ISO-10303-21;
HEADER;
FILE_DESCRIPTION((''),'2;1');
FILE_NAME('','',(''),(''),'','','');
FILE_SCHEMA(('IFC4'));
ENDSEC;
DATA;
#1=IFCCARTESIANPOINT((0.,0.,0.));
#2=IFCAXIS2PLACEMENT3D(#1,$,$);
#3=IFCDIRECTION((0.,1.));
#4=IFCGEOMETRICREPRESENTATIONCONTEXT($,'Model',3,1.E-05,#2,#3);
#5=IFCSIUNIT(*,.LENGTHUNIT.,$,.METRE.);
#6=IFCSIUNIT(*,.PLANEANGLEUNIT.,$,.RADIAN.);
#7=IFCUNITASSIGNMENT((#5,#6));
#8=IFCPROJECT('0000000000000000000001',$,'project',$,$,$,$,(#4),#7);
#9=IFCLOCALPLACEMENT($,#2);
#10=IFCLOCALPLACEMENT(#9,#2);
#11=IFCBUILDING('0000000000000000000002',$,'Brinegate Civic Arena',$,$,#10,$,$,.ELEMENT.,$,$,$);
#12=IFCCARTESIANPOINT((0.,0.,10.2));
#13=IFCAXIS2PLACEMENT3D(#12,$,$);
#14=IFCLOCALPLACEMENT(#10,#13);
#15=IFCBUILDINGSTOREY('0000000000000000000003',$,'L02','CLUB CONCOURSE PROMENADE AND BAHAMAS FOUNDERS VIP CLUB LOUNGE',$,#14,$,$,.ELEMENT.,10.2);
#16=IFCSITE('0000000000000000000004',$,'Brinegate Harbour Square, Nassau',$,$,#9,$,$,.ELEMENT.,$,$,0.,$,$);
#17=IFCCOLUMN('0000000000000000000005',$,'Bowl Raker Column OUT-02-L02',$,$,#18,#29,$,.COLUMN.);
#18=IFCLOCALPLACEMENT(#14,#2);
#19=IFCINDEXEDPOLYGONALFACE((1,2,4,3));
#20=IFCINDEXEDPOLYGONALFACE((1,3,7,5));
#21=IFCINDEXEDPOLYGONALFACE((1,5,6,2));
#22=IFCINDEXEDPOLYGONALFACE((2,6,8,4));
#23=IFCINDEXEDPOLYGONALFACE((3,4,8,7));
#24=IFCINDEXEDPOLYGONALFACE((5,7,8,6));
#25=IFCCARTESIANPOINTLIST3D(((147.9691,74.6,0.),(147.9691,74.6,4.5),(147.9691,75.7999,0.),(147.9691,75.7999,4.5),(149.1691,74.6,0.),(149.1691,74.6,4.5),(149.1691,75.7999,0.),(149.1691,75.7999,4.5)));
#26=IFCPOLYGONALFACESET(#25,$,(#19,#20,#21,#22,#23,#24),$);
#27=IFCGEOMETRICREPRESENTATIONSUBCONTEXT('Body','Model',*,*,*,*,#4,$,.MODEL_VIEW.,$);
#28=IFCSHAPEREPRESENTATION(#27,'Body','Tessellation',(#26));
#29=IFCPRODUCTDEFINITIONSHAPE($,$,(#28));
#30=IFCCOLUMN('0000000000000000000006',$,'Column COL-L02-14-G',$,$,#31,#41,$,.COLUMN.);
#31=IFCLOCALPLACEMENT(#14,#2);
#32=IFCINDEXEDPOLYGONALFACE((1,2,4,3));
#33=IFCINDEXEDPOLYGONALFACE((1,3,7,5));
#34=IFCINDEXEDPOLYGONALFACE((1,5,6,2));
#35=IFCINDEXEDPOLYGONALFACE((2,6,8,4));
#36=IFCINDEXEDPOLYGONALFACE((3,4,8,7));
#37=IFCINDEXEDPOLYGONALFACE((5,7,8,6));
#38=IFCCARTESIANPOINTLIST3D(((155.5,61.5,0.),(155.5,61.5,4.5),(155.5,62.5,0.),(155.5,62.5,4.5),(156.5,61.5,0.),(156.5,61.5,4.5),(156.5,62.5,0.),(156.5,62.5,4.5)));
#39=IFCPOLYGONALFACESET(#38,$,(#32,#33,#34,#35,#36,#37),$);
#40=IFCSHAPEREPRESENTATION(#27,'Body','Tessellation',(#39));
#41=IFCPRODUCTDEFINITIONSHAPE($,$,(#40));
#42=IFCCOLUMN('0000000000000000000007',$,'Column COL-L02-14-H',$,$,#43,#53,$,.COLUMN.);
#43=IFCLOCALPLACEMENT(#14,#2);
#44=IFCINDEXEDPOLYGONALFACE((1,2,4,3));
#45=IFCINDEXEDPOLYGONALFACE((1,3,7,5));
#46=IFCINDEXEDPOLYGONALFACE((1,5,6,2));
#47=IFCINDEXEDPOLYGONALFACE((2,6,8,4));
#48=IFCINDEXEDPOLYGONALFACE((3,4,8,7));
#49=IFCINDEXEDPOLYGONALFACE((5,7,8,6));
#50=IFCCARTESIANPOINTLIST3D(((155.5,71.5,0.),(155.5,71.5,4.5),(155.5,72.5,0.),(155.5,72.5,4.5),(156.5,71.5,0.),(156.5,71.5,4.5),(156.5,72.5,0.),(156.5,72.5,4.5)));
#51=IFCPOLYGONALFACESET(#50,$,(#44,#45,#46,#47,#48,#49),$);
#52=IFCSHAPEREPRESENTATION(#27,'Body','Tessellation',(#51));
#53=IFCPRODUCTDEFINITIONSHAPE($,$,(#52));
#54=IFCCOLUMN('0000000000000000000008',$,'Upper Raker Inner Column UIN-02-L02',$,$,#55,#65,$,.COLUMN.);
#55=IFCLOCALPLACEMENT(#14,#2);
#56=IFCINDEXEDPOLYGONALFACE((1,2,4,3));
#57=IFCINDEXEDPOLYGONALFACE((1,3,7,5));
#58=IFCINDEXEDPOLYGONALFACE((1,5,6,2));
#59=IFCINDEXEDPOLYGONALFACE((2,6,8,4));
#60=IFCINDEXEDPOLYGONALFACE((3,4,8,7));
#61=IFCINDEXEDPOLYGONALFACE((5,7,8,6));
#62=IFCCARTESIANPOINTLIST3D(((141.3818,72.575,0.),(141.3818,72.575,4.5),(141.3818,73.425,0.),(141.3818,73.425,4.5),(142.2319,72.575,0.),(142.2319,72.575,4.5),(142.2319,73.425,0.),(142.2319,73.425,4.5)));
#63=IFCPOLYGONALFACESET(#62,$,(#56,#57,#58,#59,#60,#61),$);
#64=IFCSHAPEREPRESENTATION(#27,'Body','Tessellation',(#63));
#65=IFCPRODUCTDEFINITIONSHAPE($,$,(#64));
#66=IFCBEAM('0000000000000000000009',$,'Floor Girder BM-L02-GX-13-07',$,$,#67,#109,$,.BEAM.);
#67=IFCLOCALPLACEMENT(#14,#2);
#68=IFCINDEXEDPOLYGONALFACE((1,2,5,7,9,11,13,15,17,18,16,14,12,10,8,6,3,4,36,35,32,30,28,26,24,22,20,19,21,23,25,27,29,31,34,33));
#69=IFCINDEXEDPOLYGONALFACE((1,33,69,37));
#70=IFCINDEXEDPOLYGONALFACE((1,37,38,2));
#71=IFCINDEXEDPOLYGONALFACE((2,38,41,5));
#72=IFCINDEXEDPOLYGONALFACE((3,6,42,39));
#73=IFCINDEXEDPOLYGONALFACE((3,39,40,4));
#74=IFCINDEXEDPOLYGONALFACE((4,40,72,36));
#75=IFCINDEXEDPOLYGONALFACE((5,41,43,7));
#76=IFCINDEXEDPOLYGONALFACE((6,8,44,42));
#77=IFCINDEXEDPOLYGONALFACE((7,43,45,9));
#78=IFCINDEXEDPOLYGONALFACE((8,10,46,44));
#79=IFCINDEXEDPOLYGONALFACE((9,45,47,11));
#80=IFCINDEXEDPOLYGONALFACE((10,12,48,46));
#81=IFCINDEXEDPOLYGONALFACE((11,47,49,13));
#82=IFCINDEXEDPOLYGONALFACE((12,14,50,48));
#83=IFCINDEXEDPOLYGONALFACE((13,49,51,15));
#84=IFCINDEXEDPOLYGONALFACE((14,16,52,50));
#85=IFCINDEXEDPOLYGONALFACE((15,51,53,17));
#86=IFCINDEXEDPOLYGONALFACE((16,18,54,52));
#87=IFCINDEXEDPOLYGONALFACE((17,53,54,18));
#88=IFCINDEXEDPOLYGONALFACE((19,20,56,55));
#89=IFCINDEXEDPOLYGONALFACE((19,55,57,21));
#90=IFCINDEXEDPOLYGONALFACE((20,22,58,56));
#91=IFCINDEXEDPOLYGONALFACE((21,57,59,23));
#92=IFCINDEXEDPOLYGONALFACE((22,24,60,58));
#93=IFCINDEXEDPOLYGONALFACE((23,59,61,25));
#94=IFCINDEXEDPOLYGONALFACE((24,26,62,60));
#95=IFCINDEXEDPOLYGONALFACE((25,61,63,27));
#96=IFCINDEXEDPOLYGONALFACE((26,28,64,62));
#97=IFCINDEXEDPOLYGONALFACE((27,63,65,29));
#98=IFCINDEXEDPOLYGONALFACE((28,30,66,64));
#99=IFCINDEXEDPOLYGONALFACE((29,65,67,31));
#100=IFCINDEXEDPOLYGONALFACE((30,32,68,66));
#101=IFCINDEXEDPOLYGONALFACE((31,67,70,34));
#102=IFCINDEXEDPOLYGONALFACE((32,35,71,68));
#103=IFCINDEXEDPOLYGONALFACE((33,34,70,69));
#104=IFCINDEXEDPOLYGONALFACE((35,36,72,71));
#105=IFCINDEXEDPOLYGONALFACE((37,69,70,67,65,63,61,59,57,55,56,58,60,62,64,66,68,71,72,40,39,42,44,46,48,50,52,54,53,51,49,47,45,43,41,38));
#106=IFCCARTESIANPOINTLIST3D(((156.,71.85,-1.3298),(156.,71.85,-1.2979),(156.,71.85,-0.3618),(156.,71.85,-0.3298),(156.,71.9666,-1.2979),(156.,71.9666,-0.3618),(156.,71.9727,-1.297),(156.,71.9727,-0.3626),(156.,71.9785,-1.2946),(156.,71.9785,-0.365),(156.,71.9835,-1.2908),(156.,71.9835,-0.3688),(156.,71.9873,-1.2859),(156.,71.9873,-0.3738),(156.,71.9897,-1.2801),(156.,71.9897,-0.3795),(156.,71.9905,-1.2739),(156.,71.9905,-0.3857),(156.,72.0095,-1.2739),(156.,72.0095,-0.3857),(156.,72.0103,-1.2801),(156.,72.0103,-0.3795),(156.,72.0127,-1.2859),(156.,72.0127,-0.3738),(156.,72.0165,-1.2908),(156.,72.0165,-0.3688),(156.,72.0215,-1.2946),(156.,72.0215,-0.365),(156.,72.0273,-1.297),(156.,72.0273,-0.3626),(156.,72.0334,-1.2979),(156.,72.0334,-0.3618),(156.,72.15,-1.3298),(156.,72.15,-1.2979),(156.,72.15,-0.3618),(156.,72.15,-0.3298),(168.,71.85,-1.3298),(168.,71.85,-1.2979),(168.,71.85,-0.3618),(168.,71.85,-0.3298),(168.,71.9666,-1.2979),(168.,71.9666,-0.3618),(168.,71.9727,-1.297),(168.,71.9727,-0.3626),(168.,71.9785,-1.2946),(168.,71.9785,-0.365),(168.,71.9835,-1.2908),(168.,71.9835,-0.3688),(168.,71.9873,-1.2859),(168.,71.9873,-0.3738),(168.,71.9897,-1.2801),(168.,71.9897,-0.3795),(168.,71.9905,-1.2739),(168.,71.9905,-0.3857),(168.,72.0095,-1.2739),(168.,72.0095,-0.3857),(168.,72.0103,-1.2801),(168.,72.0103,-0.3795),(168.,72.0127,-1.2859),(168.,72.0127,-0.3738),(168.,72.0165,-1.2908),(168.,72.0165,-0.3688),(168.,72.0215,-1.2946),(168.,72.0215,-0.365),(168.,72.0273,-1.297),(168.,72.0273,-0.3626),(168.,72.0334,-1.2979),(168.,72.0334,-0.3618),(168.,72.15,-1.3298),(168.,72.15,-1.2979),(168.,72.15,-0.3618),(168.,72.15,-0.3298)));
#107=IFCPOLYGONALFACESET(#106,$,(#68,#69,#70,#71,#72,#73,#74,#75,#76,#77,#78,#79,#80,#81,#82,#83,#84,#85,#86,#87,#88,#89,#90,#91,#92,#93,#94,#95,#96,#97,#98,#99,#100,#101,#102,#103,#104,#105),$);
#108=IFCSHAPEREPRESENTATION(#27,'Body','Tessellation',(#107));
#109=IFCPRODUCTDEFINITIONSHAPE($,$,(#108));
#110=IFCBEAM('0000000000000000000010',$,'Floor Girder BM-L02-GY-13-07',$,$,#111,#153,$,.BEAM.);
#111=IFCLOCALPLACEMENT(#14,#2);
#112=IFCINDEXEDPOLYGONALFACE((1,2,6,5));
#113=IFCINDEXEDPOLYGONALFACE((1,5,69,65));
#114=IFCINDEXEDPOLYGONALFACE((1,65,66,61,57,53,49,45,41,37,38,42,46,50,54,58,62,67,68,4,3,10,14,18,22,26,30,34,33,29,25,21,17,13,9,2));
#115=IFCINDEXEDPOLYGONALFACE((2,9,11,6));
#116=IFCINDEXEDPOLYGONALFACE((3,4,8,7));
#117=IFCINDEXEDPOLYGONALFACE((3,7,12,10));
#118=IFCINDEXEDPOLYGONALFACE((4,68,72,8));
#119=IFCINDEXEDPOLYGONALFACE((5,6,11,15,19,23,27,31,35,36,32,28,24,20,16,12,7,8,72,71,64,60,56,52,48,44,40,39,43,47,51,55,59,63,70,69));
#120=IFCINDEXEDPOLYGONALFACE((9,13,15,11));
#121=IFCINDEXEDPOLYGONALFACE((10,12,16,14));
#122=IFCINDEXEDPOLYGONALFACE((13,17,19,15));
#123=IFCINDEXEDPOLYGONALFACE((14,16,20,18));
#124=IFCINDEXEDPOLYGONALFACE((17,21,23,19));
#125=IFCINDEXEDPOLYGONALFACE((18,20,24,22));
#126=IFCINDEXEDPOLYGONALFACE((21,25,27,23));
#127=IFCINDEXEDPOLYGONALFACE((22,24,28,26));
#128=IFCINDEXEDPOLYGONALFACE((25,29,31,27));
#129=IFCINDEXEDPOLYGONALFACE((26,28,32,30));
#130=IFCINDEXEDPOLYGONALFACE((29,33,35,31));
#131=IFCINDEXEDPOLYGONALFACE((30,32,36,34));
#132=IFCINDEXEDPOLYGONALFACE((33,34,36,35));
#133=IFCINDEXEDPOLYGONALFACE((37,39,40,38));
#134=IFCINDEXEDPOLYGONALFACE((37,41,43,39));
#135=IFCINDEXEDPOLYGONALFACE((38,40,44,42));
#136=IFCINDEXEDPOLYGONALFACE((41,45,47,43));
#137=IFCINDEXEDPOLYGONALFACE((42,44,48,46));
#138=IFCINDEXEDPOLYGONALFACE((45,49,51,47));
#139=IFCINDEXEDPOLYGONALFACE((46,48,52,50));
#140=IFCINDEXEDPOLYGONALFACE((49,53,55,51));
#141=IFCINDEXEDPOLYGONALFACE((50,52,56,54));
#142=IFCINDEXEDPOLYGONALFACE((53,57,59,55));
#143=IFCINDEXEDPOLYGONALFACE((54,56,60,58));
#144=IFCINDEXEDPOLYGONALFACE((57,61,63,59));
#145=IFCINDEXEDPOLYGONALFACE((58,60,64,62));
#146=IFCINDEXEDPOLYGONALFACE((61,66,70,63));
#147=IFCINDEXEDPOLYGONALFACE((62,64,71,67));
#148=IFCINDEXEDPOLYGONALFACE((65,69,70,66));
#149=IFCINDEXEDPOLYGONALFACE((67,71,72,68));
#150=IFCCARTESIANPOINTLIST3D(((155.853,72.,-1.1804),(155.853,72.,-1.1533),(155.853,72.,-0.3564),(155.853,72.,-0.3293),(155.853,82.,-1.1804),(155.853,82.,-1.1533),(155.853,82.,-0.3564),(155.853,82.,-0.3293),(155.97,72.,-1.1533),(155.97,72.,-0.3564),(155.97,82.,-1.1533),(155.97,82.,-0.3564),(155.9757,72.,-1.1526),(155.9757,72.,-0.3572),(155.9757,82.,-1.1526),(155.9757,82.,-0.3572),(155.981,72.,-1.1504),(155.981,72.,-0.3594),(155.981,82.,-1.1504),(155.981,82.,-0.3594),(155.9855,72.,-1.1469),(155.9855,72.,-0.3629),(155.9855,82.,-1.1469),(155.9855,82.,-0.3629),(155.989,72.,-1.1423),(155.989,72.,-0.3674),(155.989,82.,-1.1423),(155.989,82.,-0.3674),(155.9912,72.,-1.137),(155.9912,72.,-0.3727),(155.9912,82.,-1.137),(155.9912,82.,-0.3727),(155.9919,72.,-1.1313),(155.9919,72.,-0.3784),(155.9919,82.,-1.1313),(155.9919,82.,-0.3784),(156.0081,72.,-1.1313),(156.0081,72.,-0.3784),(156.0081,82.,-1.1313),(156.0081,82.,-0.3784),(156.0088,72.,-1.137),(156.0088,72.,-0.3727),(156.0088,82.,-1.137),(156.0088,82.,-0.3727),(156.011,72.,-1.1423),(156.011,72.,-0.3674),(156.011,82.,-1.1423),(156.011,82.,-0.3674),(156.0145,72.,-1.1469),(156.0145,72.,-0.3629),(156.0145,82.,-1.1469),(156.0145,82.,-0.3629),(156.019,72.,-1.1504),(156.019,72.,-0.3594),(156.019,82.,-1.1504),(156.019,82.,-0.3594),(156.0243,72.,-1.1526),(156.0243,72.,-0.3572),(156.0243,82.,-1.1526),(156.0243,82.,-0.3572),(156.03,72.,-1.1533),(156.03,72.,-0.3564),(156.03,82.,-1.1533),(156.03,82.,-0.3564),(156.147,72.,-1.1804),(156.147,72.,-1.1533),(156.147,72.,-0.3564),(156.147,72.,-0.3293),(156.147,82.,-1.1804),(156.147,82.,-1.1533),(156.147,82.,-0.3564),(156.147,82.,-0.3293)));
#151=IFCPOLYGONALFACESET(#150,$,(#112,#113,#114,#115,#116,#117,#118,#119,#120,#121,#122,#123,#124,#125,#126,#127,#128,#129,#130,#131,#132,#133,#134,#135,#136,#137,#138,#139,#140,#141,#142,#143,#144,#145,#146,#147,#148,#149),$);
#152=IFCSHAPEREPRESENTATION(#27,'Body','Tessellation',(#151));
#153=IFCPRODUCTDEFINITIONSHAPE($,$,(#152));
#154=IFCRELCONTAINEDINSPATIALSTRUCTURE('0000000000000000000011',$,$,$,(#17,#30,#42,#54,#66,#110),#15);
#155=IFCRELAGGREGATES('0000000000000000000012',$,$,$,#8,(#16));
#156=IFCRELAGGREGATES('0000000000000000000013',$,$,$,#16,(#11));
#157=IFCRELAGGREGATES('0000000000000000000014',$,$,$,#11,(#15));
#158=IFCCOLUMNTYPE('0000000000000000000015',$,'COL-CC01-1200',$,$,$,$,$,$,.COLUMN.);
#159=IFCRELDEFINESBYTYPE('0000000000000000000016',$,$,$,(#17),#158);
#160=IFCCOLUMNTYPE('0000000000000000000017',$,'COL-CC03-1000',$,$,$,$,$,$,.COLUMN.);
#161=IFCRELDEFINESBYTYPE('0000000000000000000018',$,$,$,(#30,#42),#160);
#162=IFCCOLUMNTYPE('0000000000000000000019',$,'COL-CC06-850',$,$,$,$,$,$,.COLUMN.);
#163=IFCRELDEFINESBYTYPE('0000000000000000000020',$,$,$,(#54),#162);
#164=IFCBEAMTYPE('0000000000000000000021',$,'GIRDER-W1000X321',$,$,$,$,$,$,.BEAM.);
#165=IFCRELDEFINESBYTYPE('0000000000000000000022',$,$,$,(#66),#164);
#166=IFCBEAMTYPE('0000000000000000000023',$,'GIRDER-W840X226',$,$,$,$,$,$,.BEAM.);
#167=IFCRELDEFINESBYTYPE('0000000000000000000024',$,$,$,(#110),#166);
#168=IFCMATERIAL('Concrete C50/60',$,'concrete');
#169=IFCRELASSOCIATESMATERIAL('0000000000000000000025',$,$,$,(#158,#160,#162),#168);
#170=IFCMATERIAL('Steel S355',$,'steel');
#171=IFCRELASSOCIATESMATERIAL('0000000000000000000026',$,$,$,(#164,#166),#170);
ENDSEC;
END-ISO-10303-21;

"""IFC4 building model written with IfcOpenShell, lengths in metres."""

from ifc_helpers import new_model, si_unit, direction, frame, origin, origin_2d, place, context, subcontext, project, spatial, rectangle, i_section, extrude, material, material_profile, profile_set, type_object, element, save


model = new_model("IFC4")

# Units and contexts
model_context = context("Model", 3, precision=1e-05, world=origin(), true_north=direction((0.0, 1.0)))
body_context = subcontext(model_context, "Body", "Model", "MODEL_VIEW")
ifc_project = project(units=[si_unit("LENGTHUNIT", "METRE"), si_unit("PLANEANGLEUNIT", "RADIAN")], contexts=[model_context])

# Site, building, storey
site_placement = place(None, origin())
site = spatial("IfcSite", under=ifc_project, at=site_placement, Name="Brinegate Harbour Square, Nassau", CompositionType="ELEMENT", RefElevation=0.0)
building_placement = place(site_placement, origin())
building = spatial("IfcBuilding", under=site, at=building_placement, Name="Brinegate Civic Arena", CompositionType="ELEMENT")
storey_placement = place(building_placement, frame((0.0, 0.0, 10.2)))
storey = spatial("IfcBuildingStorey", under=building, at=storey_placement, Name="L02", Description="CLUB CONCOURSE PROMENADE AND BAHAMAS FOUNDERS VIP CLUB LOUNGE", CompositionType="ELEMENT", Elevation=10.2)

# Columns
ifc_material_1 = material(Name="Concrete C50/60", Category="concrete")
ifc_material_profile_1 = material_profile(ifc_material_1, rectangle(XDim=1.2, YDim=1.2, at=origin_2d()), Name="RC1200X1200")
ifc_profile_set_1 = profile_set([ifc_material_profile_1], Name="Concrete C50/60")
column_type_1 = type_object("IfcColumnType", Name="COL-CC01-1200", PredefinedType="COLUMN", material=ifc_profile_set_1)
column_1_placement = place(storey_placement, frame((148.5691, 75.2, 0.0), z_axis=(0.0, 0.0, 1.0), x_axis=(1.0, 0.0, 0.0)))
element("IfcColumn", 1, at=column_1_placement, inside=storey, type_object=column_type_1, Name="Bowl Raker Column OUT-02-L02", PredefinedType="COLUMN", context=body_context, shape_type="SweptSolid", body=[
    extrude(rectangle(XDim=1.2, YDim=1.2, at=origin_2d()), origin(), (0.0, 0.0, 1.0), 4.5),
])
ifc_material_profile_2 = material_profile(ifc_material_1, rectangle(XDim=1.0, YDim=1.0, at=origin_2d()), Name="RC1000X1000")
ifc_profile_set_2 = profile_set([ifc_material_profile_2], Name="Concrete C50/60")
column_type_2 = type_object("IfcColumnType", Name="COL-CC03-1000", PredefinedType="COLUMN", material=ifc_profile_set_2)
for number, where, z_axis, x_axis, name in (
    (2, (156.0, 62.0, 0.0), (0.0, 0.0, 1.0), (1.0, 0.0, 0.0), "Column COL-L02-14-G"),
    (3, (156.0, 72.0, 0.0), (0.0, 0.0, 1.0), (1.0, 0.0, 0.0), "Column COL-L02-14-H"),
):
    element("IfcColumn", number, at=place(storey_placement, frame(where, z_axis=z_axis, x_axis=x_axis)), inside=storey, type_object=column_type_2, Name=name, PredefinedType="COLUMN", context=body_context, shape_type="SweptSolid", body=[
        extrude(rectangle(XDim=1.0, YDim=1.0, at=origin_2d()), origin(), (0.0, 0.0, 1.0), 4.5),
    ])
ifc_material_profile_3 = material_profile(ifc_material_1, rectangle(XDim=0.8501, YDim=0.8501, at=origin_2d()), Name="RC850X850")
ifc_profile_set_3 = profile_set([ifc_material_profile_3], Name="Concrete C50/60")
column_type_3 = type_object("IfcColumnType", Name="COL-CC06-850", PredefinedType="COLUMN", material=ifc_profile_set_3)
column_2_placement = place(storey_placement, frame((141.8069, 73.0, 0.0), z_axis=(0.0, 0.0, 1.0), x_axis=(1.0, 0.0, 0.0)))
element("IfcColumn", 4, at=column_2_placement, inside=storey, type_object=column_type_3, Name="Upper Raker Inner Column UIN-02-L02", PredefinedType="COLUMN", context=body_context, shape_type="SweptSolid", body=[
    extrude(rectangle(XDim=0.8501, YDim=0.8501, at=origin_2d()), origin(), (0.0, 0.0, 1.0), 4.5),
])

# Beams
ifc_material_2 = material(Name="Steel S355", Category="steel")
ifc_material_profile_4 = material_profile(ifc_material_2, i_section(OverallWidth=0.3, OverallDepth=1.0, WebThickness=0.019, FlangeThickness=0.032, FilletRadius=0.0239, at=origin_2d()), Name="W1000X321")
ifc_profile_set_4 = profile_set([ifc_material_profile_4], Name="Steel S355")
beam_type_1 = type_object("IfcBeamType", Name="GIRDER-W1000X321", PredefinedType="BEAM", material=ifc_profile_set_4)
beam_1_placement = place(storey_placement, frame((156.0, 72.0, -0.8298), z_axis=(1.0, 0.0, 0.0), x_axis=(0.0, 1.0, 0.0)))
element("IfcBeam", 5, at=beam_1_placement, inside=storey, type_object=beam_type_1, Name="Floor Girder BM-L02-GX-13-07", PredefinedType="BEAM", context=body_context, shape_type="SweptSolid", body=[
    extrude(i_section(OverallWidth=0.3, OverallDepth=1.0, WebThickness=0.019, FlangeThickness=0.032, FilletRadius=0.0239, at=origin_2d()), origin(), (0.0, 0.0, 1.0), 12.0),
])
ifc_material_profile_5 = material_profile(ifc_material_2, i_section(OverallWidth=0.2939, OverallDepth=0.8511, WebThickness=0.0161, FlangeThickness=0.0271, FilletRadius=0.022, at=origin_2d()), Name="W840X226")
ifc_profile_set_5 = profile_set([ifc_material_profile_5], Name="Steel S355")
beam_type_2 = type_object("IfcBeamType", Name="GIRDER-W840X226", PredefinedType="BEAM", material=ifc_profile_set_5)
beam_2_placement = place(storey_placement, frame((156.0, 72.0, -0.7549), z_axis=(0.0, 1.0, 0.0), x_axis=(-1.0, 0.0, 0.0)))
element("IfcBeam", 6, at=beam_2_placement, inside=storey, type_object=beam_type_2, Name="Floor Girder BM-L02-GY-13-07", PredefinedType="BEAM", context=body_context, shape_type="SweptSolid", body=[
    extrude(i_section(OverallWidth=0.2939, OverallDepth=0.8511, WebThickness=0.0161, FlangeThickness=0.0271, FilletRadius=0.022, at=origin_2d()), origin(), (0.0, 0.0, 1.0), 10.0),
])

save(model, "model.ifc")
